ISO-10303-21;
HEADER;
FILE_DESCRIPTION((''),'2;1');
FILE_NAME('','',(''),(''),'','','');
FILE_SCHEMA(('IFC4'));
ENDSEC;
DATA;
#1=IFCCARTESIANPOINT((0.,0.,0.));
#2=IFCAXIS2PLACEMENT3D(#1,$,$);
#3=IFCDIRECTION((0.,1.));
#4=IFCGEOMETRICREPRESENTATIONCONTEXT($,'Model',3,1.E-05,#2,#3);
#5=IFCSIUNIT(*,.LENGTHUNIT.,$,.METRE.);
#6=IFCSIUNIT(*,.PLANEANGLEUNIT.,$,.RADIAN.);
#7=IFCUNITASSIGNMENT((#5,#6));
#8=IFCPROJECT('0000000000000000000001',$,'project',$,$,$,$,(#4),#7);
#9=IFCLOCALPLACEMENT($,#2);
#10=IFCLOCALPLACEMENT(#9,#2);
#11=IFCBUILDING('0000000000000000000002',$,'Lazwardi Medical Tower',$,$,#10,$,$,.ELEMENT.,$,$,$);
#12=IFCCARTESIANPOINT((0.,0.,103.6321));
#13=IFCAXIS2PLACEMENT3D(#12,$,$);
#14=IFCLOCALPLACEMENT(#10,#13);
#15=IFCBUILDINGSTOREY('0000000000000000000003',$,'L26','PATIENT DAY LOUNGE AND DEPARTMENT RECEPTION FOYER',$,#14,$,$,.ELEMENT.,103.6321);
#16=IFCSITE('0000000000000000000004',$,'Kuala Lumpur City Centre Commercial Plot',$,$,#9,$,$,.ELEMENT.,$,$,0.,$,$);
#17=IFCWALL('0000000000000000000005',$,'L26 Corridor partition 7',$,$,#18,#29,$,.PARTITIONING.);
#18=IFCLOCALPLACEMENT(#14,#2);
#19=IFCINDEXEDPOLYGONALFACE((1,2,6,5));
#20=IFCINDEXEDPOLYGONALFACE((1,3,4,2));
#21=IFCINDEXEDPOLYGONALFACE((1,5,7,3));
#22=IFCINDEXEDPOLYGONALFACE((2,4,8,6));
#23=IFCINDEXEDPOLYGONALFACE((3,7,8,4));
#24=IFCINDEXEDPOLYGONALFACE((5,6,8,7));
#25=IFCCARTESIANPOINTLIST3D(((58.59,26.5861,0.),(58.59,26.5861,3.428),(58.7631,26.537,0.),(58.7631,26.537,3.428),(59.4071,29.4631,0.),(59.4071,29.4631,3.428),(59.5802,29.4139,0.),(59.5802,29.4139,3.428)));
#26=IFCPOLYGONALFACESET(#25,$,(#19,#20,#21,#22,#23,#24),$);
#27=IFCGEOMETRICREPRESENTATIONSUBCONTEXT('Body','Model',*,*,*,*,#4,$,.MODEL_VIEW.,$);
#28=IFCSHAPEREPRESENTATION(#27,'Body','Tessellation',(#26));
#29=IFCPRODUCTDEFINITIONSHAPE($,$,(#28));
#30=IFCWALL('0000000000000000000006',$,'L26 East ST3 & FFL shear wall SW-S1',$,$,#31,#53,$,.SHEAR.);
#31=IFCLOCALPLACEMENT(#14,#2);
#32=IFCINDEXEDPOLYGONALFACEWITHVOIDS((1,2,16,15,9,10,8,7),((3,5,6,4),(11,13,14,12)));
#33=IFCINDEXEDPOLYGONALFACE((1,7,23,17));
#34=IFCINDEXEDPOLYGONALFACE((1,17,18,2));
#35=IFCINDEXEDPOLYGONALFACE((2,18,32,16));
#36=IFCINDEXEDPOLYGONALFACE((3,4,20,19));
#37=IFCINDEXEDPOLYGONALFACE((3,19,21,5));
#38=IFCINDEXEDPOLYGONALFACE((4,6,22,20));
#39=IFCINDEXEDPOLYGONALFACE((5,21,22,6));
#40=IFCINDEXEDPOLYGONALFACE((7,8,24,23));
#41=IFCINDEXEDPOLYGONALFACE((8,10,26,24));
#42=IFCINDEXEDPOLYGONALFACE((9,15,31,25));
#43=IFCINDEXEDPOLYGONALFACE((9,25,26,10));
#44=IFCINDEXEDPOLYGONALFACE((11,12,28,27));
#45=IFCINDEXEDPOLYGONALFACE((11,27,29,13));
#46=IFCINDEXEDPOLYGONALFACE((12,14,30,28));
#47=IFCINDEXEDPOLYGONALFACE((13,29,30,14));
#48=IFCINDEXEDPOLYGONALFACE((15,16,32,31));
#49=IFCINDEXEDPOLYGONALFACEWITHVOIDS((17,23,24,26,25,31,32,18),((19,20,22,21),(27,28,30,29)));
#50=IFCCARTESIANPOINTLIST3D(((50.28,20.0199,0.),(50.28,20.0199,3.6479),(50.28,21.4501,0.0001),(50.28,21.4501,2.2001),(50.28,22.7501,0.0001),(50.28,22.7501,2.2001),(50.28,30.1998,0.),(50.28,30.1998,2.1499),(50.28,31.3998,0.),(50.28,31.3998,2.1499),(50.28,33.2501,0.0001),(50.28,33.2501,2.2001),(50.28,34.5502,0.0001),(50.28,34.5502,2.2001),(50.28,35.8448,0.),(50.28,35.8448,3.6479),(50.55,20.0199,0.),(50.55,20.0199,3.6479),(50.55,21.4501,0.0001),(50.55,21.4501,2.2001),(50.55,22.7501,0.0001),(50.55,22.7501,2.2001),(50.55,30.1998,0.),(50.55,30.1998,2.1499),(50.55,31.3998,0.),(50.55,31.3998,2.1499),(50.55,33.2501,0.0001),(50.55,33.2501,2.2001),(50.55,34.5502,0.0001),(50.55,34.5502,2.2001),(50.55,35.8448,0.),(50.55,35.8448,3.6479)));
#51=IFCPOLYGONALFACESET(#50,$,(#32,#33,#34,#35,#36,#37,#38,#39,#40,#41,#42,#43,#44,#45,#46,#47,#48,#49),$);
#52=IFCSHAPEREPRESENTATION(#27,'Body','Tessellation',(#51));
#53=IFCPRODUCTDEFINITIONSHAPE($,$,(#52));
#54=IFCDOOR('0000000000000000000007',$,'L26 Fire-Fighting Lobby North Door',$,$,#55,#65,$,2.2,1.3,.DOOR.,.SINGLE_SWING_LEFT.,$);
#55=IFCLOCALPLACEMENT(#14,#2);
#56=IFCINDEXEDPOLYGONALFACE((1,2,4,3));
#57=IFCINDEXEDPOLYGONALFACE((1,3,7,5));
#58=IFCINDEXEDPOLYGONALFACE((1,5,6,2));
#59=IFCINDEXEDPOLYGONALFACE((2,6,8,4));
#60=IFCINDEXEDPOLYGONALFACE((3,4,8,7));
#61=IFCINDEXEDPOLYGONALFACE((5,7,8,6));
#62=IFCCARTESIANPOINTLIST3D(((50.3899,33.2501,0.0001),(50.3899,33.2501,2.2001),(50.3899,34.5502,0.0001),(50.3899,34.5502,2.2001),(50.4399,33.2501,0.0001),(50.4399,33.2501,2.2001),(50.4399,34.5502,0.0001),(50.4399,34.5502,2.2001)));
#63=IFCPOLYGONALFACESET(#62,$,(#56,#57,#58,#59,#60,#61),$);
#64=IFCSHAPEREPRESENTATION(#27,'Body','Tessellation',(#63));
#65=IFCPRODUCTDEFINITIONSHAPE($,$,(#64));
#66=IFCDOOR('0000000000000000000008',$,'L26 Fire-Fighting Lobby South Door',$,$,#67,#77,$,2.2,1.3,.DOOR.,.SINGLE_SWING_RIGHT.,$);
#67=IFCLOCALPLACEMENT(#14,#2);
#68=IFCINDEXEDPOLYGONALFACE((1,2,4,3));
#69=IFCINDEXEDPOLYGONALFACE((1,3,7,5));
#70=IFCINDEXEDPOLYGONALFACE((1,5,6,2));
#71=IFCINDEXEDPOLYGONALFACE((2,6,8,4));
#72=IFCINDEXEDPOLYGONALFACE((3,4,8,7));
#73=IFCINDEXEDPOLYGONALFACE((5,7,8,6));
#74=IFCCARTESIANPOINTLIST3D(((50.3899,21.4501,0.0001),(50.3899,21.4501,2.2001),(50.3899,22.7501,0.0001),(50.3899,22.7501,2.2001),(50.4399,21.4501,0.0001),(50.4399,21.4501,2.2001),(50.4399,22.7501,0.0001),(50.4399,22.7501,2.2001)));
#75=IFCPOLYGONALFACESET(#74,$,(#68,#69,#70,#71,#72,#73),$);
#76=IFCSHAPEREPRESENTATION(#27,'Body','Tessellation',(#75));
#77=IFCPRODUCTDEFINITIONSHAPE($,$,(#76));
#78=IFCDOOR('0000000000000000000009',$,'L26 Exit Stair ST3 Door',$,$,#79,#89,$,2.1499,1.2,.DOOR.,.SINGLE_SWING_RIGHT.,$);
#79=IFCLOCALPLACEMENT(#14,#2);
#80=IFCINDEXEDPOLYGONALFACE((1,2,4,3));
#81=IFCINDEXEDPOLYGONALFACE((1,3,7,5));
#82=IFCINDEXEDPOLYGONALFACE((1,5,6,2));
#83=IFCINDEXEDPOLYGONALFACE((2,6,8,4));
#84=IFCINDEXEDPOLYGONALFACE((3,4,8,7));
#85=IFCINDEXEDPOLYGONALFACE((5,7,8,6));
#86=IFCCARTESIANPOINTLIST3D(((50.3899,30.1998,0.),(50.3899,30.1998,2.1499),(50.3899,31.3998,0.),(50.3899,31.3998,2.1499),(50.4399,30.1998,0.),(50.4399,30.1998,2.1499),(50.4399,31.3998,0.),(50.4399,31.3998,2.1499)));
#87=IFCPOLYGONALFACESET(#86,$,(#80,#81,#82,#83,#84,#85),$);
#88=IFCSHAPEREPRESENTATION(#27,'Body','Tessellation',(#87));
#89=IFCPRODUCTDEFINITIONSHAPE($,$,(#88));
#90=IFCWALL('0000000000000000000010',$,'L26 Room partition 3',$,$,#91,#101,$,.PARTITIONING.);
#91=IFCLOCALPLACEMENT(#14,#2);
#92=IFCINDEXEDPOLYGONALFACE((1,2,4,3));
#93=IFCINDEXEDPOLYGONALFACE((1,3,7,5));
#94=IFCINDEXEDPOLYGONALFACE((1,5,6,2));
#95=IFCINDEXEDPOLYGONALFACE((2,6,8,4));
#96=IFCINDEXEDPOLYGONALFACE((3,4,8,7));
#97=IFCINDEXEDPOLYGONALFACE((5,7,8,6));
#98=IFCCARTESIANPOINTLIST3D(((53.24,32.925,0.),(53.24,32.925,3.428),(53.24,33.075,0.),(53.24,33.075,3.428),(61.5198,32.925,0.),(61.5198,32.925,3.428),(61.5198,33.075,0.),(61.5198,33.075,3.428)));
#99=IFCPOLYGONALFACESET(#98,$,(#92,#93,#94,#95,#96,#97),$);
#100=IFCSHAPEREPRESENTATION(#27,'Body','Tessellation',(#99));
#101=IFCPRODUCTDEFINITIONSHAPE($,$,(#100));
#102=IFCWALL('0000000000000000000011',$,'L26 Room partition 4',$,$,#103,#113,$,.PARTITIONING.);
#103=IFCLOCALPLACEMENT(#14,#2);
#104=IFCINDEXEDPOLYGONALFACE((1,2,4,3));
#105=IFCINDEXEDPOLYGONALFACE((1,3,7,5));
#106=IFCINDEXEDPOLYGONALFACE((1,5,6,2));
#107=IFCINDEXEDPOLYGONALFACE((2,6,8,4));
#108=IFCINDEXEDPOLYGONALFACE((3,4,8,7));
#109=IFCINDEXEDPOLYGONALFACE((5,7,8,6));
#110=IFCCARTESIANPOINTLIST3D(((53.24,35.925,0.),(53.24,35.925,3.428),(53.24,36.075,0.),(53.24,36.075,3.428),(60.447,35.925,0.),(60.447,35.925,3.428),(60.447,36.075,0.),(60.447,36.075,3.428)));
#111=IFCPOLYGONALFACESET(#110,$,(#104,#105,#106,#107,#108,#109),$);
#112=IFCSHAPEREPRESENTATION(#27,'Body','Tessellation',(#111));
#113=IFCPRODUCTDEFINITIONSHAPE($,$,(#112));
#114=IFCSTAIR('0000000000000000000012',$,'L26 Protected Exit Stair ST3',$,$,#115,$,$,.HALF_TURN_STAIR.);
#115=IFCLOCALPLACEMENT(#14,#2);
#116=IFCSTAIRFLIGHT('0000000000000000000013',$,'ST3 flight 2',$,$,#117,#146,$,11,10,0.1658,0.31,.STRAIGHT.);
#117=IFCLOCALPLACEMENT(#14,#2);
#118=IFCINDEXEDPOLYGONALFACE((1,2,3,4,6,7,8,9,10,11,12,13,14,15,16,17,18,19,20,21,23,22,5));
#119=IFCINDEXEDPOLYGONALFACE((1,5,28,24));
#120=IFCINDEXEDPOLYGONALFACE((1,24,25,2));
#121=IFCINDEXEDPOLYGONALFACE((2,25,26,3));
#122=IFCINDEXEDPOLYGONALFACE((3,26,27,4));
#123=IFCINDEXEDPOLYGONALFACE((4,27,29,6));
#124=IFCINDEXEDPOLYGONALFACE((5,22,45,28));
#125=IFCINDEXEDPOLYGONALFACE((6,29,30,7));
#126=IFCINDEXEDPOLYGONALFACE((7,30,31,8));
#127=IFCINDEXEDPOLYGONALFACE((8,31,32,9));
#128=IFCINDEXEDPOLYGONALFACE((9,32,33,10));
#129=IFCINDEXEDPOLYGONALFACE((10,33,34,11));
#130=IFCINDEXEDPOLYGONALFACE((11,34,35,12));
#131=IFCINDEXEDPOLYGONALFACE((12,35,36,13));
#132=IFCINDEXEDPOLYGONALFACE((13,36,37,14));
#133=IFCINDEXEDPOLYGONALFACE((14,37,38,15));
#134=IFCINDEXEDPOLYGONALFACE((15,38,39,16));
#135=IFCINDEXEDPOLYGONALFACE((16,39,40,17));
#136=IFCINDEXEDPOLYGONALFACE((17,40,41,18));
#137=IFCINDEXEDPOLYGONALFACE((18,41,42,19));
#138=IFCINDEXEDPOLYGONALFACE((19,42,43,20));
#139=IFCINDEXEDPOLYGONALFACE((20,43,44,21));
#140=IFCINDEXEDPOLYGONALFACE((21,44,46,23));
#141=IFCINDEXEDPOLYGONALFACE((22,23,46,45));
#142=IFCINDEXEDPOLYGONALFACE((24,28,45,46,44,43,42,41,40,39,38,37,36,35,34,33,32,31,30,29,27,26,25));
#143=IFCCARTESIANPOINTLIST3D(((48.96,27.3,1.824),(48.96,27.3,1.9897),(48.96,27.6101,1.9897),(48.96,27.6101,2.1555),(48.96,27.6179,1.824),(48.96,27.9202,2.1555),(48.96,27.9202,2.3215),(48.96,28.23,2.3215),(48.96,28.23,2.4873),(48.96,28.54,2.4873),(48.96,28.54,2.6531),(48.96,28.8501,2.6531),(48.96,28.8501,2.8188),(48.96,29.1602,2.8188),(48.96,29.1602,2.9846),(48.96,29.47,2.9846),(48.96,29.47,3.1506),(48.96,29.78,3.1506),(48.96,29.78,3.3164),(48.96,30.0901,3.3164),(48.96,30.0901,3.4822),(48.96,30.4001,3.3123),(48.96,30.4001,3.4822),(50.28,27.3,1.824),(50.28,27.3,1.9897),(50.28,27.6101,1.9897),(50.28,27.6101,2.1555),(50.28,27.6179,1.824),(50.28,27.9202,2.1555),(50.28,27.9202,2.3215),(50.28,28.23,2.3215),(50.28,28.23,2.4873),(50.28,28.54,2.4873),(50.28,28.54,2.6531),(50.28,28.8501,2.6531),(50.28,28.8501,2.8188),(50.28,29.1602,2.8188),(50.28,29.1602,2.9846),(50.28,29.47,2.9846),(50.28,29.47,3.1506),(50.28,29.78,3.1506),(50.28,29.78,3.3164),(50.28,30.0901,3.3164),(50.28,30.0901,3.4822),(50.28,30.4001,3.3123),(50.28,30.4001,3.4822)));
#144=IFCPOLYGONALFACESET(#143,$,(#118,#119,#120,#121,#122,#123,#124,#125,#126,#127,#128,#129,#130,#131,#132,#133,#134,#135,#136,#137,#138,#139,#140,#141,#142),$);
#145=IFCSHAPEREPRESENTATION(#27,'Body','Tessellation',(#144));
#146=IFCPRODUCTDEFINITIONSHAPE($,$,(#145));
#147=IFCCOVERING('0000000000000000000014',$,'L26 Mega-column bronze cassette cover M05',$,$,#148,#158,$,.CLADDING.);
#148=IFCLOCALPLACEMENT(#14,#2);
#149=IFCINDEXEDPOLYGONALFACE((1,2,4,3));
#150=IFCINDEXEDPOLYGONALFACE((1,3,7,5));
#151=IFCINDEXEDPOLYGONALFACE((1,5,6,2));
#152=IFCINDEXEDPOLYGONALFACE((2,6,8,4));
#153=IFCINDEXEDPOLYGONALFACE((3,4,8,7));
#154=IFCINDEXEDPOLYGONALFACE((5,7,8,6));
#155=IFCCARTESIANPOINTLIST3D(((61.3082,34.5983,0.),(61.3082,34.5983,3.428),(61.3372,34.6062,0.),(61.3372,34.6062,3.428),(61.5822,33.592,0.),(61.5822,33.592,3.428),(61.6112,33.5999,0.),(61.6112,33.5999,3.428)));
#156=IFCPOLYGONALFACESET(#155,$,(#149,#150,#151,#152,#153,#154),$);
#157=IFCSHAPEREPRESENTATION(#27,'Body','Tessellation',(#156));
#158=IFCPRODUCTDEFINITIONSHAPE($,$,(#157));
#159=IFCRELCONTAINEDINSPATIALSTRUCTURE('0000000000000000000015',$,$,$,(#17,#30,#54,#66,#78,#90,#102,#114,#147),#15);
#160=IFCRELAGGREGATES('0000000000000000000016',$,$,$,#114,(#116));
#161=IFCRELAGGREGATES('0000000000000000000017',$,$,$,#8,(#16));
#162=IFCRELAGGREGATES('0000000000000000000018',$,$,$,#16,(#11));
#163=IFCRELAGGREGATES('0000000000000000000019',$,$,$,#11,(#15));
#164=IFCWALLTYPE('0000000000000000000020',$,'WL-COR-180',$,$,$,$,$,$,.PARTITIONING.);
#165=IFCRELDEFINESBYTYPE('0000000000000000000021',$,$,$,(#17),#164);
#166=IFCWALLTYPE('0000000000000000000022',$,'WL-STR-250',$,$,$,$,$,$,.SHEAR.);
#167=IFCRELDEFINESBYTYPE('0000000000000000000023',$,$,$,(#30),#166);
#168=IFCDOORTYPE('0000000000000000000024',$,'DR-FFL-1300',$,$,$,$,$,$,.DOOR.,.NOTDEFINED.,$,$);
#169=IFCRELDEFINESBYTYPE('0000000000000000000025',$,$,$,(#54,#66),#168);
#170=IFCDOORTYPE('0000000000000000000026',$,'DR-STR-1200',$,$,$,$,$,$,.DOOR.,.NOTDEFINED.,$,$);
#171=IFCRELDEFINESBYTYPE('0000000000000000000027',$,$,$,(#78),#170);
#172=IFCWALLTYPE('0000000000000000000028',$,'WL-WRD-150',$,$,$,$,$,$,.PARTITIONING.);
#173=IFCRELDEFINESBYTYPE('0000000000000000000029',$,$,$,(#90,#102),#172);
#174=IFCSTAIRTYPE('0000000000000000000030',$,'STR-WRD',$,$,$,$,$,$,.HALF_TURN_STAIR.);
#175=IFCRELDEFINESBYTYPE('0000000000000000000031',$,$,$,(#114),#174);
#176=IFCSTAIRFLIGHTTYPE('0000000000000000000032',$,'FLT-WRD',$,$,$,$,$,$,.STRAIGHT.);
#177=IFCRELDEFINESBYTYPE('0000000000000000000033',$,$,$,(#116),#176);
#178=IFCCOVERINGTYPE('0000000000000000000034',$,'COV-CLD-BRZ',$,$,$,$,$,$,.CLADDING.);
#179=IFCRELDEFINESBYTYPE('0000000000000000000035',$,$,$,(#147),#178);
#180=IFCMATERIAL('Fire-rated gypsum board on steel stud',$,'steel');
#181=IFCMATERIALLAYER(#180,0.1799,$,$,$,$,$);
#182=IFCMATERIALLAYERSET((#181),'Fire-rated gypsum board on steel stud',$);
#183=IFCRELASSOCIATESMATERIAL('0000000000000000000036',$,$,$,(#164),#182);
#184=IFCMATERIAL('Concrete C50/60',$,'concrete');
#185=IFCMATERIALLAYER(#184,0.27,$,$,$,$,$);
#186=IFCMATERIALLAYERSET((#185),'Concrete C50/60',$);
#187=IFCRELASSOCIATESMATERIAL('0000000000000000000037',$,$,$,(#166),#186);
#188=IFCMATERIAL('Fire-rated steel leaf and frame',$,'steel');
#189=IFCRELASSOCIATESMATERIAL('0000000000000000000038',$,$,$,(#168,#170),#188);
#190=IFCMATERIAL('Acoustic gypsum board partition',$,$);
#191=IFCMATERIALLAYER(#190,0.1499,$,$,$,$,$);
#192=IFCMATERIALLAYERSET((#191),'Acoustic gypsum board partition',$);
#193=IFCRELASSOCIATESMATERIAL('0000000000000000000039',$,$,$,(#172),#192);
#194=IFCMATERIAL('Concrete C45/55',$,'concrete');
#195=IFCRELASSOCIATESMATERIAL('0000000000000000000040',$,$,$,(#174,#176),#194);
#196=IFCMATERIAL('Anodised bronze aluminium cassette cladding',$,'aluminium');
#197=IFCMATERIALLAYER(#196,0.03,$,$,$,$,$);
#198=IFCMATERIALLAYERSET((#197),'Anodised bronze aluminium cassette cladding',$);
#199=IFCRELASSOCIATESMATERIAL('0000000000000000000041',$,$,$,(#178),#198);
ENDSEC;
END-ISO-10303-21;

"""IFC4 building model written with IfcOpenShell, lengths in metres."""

from ifc_helpers import new_model, si_unit, direction, frame, frame_2d, origin, origin_2d, place, context, subcontext, project, spatial, polyline, rectangle, outline, extrude, material, layer, layer_set, type_object, element, fill, aggregate, save


model = new_model("IFC4")

# Units and contexts
model_context = context("Model", 3, precision=1e-05, world=origin(), true_north=direction((0.0, 1.0)))
body_context = subcontext(model_context, "Body", "Model", "MODEL_VIEW")
ifc_project = project(units=[si_unit("LENGTHUNIT", "METRE"), si_unit("PLANEANGLEUNIT", "RADIAN")], contexts=[model_context])

# Site, building, storey
site_placement = place(None, origin())
site = spatial("IfcSite", under=ifc_project, at=site_placement, Name="Kuala Lumpur City Centre Commercial Plot", CompositionType="ELEMENT", RefElevation=0.0)
building_placement = place(site_placement, origin())
building = spatial("IfcBuilding", under=site, at=building_placement, Name="Lazwardi Medical Tower", CompositionType="ELEMENT")
storey_placement = place(building_placement, frame((0.0, 0.0, 103.6321)))
storey = spatial("IfcBuildingStorey", under=building, at=storey_placement, Name="L26", Description="PATIENT DAY LOUNGE AND DEPARTMENT RECEPTION FOYER", CompositionType="ELEMENT", Elevation=103.6321)

# Shared definitions
ifc_material_1 = material(Name="Fire-rated gypsum board on steel stud", Category="steel")
ifc_layer_1 = layer(ifc_material_1, 0.1799)
ifc_layer_set_1 = layer_set([ifc_layer_1], Name="Fire-rated gypsum board on steel stud")
wall_type_1 = type_object("IfcWallType", Name="WL-COR-180", PredefinedType="PARTITIONING", material=ifc_layer_set_1)

# Wall
wall_1_placement = place(storey_placement, frame((59.4937, 29.4385, 0.0), z_axis=(0.0, 0.0, 1.0), x_axis=(-0.273222, -0.961951, 0.0)))
element("IfcWall", 1, at=wall_1_placement, inside=storey, type_object=wall_type_1, Name="L26 Corridor partition 7", PredefinedType="PARTITIONING", context=body_context, shape_type="SweptSolid", body=[
    extrude(rectangle(XDim=2.9907, YDim=0.1799, at=frame_2d((1.4954, 0.0))), origin(), (0.0, 0.0, 1.0), 3.428),
])

# Wall, openings, doors
ifc_material_2 = material(Name="Concrete C50/60", Category="concrete")
ifc_layer_2 = layer(ifc_material_2, 0.27)
ifc_layer_set_2 = layer_set([ifc_layer_2], Name="Concrete C50/60")
wall_type_2 = type_object("IfcWallType", Name="WL-STR-250", PredefinedType="SHEAR", material=ifc_layer_set_2)
wall_2_placement = place(storey_placement, frame((50.415, 35.845, 0.0), z_axis=(0.0, 0.0, 1.0), x_axis=(0.0, -1.0, 0.0)))
wall_2 = element("IfcWall", 2, at=wall_2_placement, inside=storey, type_object=wall_type_2, Name="L26 East ST3 & FFL shear wall SW-S1", PredefinedType="SHEAR", context=body_context, shape_type="SweptSolid", body=[
    extrude(rectangle(XDim=15.825, YDim=0.27, at=frame_2d((7.9126, 0.0))), origin(), (0.0, 0.0, 1.0), 3.6479),
])
opening_1_placement = place(wall_2_placement, frame((4.4451, 0.0, 0.0)))
opening_1 = element("IfcOpeningElement", 3, at=opening_1_placement, cuts=wall_2, PredefinedType="OPENING", context=body_context, shape_type="SweptSolid", body=[
    extrude(rectangle(XDim=1.2, YDim=2.1499, at=frame_2d((0.6001, 1.075))), frame((0.0, 0.145, 0.0), z_axis=(0.0, -1.0, 0.0), x_axis=(1.0, 0.0, 0.0)), (0.0, 0.0, 1.0), 0.29),
])
opening_2_placement = place(wall_2_placement, frame((1.2949, 0.0, 0.0)))
opening_2 = element("IfcOpeningElement", 4, at=opening_2_placement, cuts=wall_2, PredefinedType="OPENING", context=body_context, shape_type="SweptSolid", body=[
    extrude(rectangle(XDim=1.3, YDim=2.2, at=frame_2d((0.6499, 1.1001))), frame((0.0, 0.145, 0.0), z_axis=(0.0, -1.0, 0.0), x_axis=(1.0, 0.0, 0.0)), (0.0, 0.0, 1.0), 0.29),
])
opening_3_placement = place(wall_2_placement, frame((13.095, 0.0, 0.0)))
opening_3 = element("IfcOpeningElement", 5, at=opening_3_placement, cuts=wall_2, PredefinedType="OPENING", context=body_context, shape_type="SweptSolid", body=[
    extrude(rectangle(XDim=1.3, YDim=2.2, at=frame_2d((0.6499, 1.1001))), frame((0.0, 0.145, 0.0), z_axis=(0.0, -1.0, 0.0), x_axis=(1.0, 0.0, 0.0)), (0.0, 0.0, 1.0), 0.29),
])
ifc_material_3 = material(Name="Fire-rated steel leaf and frame", Category="steel")
door_type_1 = type_object("IfcDoorType", Name="DR-FFL-1300", OperationType="NOTDEFINED", PredefinedType="DOOR", material=ifc_material_3)
door_1_placement = place(opening_2_placement, origin())
door_1 = element("IfcDoor", 6, at=door_1_placement, inside=storey, type_object=door_type_1, Name="L26 Fire-Fighting Lobby North Door", OperationType="SINGLE_SWING_LEFT", OverallHeight=2.2, OverallWidth=1.3, PredefinedType="DOOR", context=body_context, shape_type="SweptSolid", body=[
    extrude(rectangle(XDim=1.3, YDim=2.2, at=frame_2d((0.6499, 1.1001))), frame((0.0, 0.0249, 0.0), z_axis=(0.0, -1.0, 0.0), x_axis=(1.0, 0.0, 0.0)), (0.0, 0.0, 1.0), 0.05),
])
fill(opening_2, door_1)
door_2_placement = place(opening_3_placement, origin())
door_2 = element("IfcDoor", 7, at=door_2_placement, inside=storey, type_object=door_type_1, Name="L26 Fire-Fighting Lobby South Door", OperationType="SINGLE_SWING_RIGHT", OverallHeight=2.2, OverallWidth=1.3, PredefinedType="DOOR", context=body_context, shape_type="SweptSolid", body=[
    extrude(rectangle(XDim=1.3, YDim=2.2, at=frame_2d((0.6499, 1.1001))), frame((0.0, 0.0249, 0.0), z_axis=(0.0, -1.0, 0.0), x_axis=(1.0, 0.0, 0.0)), (0.0, 0.0, 1.0), 0.05),
])
fill(opening_3, door_2)
door_type_2 = type_object("IfcDoorType", Name="DR-STR-1200", OperationType="NOTDEFINED", PredefinedType="DOOR", material=ifc_material_3)
door_3_placement = place(opening_1_placement, origin())
door_3 = element("IfcDoor", 8, at=door_3_placement, inside=storey, type_object=door_type_2, Name="L26 Exit Stair ST3 Door", OperationType="SINGLE_SWING_RIGHT", OverallHeight=2.1499, OverallWidth=1.2, PredefinedType="DOOR", context=body_context, shape_type="SweptSolid", body=[
    extrude(rectangle(XDim=1.2, YDim=2.1499, at=frame_2d((0.6001, 1.075))), frame((0.0, 0.0249, 0.0), z_axis=(0.0, -1.0, 0.0), x_axis=(1.0, 0.0, 0.0)), (0.0, 0.0, 1.0), 0.05),
])
fill(opening_1, door_3)

# Walls
ifc_material_4 = material(Name="Acoustic gypsum board partition")
ifc_layer_3 = layer(ifc_material_4, 0.1499)
ifc_layer_set_3 = layer_set([ifc_layer_3], Name="Acoustic gypsum board partition")
wall_type_3 = type_object("IfcWallType", Name="WL-WRD-150", PredefinedType="PARTITIONING", material=ifc_layer_set_3)
wall_3_placement = place(storey_placement, frame((53.24, 33.0, 0.0), z_axis=(0.0, 0.0, 1.0), x_axis=(1.0, 0.0, 0.0)))
element("IfcWall", 9, at=wall_3_placement, inside=storey, type_object=wall_type_3, Name="L26 Room partition 3", PredefinedType="PARTITIONING", context=body_context, shape_type="SweptSolid", body=[
    extrude(rectangle(XDim=8.2798, YDim=0.1499, at=frame_2d((4.1399, 0.0))), origin(), (0.0, 0.0, 1.0), 3.428),
])
wall_4_placement = place(storey_placement, frame((53.24, 36.0, 0.0), z_axis=(0.0, 0.0, 1.0), x_axis=(1.0, 0.0, 0.0)))
element("IfcWall", 10, at=wall_4_placement, inside=storey, type_object=wall_type_3, Name="L26 Room partition 4", PredefinedType="PARTITIONING", context=body_context, shape_type="SweptSolid", body=[
    extrude(rectangle(XDim=7.207, YDim=0.1499, at=frame_2d((3.6035, 0.0))), origin(), (0.0, 0.0, 1.0), 3.428),
])

# Stair, stair flight
ifc_material_5 = material(Name="Concrete C45/55", Category="concrete")
stair_type = type_object("IfcStairType", Name="STR-WRD", PredefinedType="HALF_TURN_STAIR", material=ifc_material_5)
stair_placement = place(storey_placement, origin())
stair = element("IfcStair", 11, at=stair_placement, inside=storey, type_object=stair_type, Name="L26 Protected Exit Stair ST3", PredefinedType="HALF_TURN_STAIR")
stair_flight_type = type_object("IfcStairFlightType", Name="FLT-WRD", PredefinedType="STRAIGHT", material=ifc_material_5)
stair_flight_placement = place(storey_placement, frame((49.6201, 27.3, 1.824), z_axis=(0.0, 0.0, 1.0), x_axis=(0.0, 1.0, 0.0)))
stair_flight = element("IfcStairFlight", 12, at=stair_flight_placement, type_object=stair_flight_type, Name="ST3 flight 2", NumberOfRisers=11, NumberOfTreads=10, PredefinedType="STRAIGHT", RiserHeight=0.1658, TreadLength=0.31, context=body_context, shape_type="SweptSolid", body=[
    extrude(outline(polyline([(0.0, 0.0), (0.0, 0.1658), (0.3101, 0.1658), (0.3101, 0.3315), (0.6201, 0.3315), (0.6201, 0.4976), (0.9299, 0.4976), (0.9299, 0.6633), (1.24, 0.6633), (1.24, 0.8291), (1.55, 0.8291), (1.55, 0.9949), (1.8601, 0.9949), (1.8601, 1.1606), (2.1699, 1.1606), (2.1699, 1.3267), (2.48, 1.3267), (2.48, 1.4924), (2.79, 1.4924), (2.79, 1.6582), (3.1001, 1.6582), (3.1001, 1.824), (3.1001, 1.4883), (0.3179, 0.0), (0.0, 0.0)])), frame((0.0, 0.6602, 0.0), z_axis=(0.0, -1.0, 0.0), x_axis=(1.0, 0.0, 0.0)), (0.0, 0.0, 1.0), 1.3201),
])
aggregate(stair, [stair_flight])

# Covering
ifc_material_6 = material(Name="Anodised bronze aluminium cassette cladding", Category="aluminium")
ifc_layer_4 = layer(ifc_material_6, 0.03)
ifc_layer_set_4 = layer_set([ifc_layer_4], Name="Anodised bronze aluminium cassette cladding")
covering_type = type_object("IfcCoveringType", Name="COV-CLD-BRZ", PredefinedType="CLADDING", material=ifc_layer_set_4)
covering_placement = place(storey_placement, frame((61.4597, 34.0991, 0.0), z_axis=(0.0, 0.0, 1.0), x_axis=(-0.262696, 0.964879, 0.0)))
element("IfcCovering", 13, at=covering_placement, inside=storey, type_object=covering_type, Name="L26 Mega-column bronze cassette cover M05", PredefinedType="CLADDING", context=body_context, shape_type="SweptSolid", body=[
    extrude(rectangle(XDim=1.043, YDim=0.03, at=origin_2d()), origin(), (0.0, 0.0, 1.0), 3.428),
])

save(model, "model.ifc")
